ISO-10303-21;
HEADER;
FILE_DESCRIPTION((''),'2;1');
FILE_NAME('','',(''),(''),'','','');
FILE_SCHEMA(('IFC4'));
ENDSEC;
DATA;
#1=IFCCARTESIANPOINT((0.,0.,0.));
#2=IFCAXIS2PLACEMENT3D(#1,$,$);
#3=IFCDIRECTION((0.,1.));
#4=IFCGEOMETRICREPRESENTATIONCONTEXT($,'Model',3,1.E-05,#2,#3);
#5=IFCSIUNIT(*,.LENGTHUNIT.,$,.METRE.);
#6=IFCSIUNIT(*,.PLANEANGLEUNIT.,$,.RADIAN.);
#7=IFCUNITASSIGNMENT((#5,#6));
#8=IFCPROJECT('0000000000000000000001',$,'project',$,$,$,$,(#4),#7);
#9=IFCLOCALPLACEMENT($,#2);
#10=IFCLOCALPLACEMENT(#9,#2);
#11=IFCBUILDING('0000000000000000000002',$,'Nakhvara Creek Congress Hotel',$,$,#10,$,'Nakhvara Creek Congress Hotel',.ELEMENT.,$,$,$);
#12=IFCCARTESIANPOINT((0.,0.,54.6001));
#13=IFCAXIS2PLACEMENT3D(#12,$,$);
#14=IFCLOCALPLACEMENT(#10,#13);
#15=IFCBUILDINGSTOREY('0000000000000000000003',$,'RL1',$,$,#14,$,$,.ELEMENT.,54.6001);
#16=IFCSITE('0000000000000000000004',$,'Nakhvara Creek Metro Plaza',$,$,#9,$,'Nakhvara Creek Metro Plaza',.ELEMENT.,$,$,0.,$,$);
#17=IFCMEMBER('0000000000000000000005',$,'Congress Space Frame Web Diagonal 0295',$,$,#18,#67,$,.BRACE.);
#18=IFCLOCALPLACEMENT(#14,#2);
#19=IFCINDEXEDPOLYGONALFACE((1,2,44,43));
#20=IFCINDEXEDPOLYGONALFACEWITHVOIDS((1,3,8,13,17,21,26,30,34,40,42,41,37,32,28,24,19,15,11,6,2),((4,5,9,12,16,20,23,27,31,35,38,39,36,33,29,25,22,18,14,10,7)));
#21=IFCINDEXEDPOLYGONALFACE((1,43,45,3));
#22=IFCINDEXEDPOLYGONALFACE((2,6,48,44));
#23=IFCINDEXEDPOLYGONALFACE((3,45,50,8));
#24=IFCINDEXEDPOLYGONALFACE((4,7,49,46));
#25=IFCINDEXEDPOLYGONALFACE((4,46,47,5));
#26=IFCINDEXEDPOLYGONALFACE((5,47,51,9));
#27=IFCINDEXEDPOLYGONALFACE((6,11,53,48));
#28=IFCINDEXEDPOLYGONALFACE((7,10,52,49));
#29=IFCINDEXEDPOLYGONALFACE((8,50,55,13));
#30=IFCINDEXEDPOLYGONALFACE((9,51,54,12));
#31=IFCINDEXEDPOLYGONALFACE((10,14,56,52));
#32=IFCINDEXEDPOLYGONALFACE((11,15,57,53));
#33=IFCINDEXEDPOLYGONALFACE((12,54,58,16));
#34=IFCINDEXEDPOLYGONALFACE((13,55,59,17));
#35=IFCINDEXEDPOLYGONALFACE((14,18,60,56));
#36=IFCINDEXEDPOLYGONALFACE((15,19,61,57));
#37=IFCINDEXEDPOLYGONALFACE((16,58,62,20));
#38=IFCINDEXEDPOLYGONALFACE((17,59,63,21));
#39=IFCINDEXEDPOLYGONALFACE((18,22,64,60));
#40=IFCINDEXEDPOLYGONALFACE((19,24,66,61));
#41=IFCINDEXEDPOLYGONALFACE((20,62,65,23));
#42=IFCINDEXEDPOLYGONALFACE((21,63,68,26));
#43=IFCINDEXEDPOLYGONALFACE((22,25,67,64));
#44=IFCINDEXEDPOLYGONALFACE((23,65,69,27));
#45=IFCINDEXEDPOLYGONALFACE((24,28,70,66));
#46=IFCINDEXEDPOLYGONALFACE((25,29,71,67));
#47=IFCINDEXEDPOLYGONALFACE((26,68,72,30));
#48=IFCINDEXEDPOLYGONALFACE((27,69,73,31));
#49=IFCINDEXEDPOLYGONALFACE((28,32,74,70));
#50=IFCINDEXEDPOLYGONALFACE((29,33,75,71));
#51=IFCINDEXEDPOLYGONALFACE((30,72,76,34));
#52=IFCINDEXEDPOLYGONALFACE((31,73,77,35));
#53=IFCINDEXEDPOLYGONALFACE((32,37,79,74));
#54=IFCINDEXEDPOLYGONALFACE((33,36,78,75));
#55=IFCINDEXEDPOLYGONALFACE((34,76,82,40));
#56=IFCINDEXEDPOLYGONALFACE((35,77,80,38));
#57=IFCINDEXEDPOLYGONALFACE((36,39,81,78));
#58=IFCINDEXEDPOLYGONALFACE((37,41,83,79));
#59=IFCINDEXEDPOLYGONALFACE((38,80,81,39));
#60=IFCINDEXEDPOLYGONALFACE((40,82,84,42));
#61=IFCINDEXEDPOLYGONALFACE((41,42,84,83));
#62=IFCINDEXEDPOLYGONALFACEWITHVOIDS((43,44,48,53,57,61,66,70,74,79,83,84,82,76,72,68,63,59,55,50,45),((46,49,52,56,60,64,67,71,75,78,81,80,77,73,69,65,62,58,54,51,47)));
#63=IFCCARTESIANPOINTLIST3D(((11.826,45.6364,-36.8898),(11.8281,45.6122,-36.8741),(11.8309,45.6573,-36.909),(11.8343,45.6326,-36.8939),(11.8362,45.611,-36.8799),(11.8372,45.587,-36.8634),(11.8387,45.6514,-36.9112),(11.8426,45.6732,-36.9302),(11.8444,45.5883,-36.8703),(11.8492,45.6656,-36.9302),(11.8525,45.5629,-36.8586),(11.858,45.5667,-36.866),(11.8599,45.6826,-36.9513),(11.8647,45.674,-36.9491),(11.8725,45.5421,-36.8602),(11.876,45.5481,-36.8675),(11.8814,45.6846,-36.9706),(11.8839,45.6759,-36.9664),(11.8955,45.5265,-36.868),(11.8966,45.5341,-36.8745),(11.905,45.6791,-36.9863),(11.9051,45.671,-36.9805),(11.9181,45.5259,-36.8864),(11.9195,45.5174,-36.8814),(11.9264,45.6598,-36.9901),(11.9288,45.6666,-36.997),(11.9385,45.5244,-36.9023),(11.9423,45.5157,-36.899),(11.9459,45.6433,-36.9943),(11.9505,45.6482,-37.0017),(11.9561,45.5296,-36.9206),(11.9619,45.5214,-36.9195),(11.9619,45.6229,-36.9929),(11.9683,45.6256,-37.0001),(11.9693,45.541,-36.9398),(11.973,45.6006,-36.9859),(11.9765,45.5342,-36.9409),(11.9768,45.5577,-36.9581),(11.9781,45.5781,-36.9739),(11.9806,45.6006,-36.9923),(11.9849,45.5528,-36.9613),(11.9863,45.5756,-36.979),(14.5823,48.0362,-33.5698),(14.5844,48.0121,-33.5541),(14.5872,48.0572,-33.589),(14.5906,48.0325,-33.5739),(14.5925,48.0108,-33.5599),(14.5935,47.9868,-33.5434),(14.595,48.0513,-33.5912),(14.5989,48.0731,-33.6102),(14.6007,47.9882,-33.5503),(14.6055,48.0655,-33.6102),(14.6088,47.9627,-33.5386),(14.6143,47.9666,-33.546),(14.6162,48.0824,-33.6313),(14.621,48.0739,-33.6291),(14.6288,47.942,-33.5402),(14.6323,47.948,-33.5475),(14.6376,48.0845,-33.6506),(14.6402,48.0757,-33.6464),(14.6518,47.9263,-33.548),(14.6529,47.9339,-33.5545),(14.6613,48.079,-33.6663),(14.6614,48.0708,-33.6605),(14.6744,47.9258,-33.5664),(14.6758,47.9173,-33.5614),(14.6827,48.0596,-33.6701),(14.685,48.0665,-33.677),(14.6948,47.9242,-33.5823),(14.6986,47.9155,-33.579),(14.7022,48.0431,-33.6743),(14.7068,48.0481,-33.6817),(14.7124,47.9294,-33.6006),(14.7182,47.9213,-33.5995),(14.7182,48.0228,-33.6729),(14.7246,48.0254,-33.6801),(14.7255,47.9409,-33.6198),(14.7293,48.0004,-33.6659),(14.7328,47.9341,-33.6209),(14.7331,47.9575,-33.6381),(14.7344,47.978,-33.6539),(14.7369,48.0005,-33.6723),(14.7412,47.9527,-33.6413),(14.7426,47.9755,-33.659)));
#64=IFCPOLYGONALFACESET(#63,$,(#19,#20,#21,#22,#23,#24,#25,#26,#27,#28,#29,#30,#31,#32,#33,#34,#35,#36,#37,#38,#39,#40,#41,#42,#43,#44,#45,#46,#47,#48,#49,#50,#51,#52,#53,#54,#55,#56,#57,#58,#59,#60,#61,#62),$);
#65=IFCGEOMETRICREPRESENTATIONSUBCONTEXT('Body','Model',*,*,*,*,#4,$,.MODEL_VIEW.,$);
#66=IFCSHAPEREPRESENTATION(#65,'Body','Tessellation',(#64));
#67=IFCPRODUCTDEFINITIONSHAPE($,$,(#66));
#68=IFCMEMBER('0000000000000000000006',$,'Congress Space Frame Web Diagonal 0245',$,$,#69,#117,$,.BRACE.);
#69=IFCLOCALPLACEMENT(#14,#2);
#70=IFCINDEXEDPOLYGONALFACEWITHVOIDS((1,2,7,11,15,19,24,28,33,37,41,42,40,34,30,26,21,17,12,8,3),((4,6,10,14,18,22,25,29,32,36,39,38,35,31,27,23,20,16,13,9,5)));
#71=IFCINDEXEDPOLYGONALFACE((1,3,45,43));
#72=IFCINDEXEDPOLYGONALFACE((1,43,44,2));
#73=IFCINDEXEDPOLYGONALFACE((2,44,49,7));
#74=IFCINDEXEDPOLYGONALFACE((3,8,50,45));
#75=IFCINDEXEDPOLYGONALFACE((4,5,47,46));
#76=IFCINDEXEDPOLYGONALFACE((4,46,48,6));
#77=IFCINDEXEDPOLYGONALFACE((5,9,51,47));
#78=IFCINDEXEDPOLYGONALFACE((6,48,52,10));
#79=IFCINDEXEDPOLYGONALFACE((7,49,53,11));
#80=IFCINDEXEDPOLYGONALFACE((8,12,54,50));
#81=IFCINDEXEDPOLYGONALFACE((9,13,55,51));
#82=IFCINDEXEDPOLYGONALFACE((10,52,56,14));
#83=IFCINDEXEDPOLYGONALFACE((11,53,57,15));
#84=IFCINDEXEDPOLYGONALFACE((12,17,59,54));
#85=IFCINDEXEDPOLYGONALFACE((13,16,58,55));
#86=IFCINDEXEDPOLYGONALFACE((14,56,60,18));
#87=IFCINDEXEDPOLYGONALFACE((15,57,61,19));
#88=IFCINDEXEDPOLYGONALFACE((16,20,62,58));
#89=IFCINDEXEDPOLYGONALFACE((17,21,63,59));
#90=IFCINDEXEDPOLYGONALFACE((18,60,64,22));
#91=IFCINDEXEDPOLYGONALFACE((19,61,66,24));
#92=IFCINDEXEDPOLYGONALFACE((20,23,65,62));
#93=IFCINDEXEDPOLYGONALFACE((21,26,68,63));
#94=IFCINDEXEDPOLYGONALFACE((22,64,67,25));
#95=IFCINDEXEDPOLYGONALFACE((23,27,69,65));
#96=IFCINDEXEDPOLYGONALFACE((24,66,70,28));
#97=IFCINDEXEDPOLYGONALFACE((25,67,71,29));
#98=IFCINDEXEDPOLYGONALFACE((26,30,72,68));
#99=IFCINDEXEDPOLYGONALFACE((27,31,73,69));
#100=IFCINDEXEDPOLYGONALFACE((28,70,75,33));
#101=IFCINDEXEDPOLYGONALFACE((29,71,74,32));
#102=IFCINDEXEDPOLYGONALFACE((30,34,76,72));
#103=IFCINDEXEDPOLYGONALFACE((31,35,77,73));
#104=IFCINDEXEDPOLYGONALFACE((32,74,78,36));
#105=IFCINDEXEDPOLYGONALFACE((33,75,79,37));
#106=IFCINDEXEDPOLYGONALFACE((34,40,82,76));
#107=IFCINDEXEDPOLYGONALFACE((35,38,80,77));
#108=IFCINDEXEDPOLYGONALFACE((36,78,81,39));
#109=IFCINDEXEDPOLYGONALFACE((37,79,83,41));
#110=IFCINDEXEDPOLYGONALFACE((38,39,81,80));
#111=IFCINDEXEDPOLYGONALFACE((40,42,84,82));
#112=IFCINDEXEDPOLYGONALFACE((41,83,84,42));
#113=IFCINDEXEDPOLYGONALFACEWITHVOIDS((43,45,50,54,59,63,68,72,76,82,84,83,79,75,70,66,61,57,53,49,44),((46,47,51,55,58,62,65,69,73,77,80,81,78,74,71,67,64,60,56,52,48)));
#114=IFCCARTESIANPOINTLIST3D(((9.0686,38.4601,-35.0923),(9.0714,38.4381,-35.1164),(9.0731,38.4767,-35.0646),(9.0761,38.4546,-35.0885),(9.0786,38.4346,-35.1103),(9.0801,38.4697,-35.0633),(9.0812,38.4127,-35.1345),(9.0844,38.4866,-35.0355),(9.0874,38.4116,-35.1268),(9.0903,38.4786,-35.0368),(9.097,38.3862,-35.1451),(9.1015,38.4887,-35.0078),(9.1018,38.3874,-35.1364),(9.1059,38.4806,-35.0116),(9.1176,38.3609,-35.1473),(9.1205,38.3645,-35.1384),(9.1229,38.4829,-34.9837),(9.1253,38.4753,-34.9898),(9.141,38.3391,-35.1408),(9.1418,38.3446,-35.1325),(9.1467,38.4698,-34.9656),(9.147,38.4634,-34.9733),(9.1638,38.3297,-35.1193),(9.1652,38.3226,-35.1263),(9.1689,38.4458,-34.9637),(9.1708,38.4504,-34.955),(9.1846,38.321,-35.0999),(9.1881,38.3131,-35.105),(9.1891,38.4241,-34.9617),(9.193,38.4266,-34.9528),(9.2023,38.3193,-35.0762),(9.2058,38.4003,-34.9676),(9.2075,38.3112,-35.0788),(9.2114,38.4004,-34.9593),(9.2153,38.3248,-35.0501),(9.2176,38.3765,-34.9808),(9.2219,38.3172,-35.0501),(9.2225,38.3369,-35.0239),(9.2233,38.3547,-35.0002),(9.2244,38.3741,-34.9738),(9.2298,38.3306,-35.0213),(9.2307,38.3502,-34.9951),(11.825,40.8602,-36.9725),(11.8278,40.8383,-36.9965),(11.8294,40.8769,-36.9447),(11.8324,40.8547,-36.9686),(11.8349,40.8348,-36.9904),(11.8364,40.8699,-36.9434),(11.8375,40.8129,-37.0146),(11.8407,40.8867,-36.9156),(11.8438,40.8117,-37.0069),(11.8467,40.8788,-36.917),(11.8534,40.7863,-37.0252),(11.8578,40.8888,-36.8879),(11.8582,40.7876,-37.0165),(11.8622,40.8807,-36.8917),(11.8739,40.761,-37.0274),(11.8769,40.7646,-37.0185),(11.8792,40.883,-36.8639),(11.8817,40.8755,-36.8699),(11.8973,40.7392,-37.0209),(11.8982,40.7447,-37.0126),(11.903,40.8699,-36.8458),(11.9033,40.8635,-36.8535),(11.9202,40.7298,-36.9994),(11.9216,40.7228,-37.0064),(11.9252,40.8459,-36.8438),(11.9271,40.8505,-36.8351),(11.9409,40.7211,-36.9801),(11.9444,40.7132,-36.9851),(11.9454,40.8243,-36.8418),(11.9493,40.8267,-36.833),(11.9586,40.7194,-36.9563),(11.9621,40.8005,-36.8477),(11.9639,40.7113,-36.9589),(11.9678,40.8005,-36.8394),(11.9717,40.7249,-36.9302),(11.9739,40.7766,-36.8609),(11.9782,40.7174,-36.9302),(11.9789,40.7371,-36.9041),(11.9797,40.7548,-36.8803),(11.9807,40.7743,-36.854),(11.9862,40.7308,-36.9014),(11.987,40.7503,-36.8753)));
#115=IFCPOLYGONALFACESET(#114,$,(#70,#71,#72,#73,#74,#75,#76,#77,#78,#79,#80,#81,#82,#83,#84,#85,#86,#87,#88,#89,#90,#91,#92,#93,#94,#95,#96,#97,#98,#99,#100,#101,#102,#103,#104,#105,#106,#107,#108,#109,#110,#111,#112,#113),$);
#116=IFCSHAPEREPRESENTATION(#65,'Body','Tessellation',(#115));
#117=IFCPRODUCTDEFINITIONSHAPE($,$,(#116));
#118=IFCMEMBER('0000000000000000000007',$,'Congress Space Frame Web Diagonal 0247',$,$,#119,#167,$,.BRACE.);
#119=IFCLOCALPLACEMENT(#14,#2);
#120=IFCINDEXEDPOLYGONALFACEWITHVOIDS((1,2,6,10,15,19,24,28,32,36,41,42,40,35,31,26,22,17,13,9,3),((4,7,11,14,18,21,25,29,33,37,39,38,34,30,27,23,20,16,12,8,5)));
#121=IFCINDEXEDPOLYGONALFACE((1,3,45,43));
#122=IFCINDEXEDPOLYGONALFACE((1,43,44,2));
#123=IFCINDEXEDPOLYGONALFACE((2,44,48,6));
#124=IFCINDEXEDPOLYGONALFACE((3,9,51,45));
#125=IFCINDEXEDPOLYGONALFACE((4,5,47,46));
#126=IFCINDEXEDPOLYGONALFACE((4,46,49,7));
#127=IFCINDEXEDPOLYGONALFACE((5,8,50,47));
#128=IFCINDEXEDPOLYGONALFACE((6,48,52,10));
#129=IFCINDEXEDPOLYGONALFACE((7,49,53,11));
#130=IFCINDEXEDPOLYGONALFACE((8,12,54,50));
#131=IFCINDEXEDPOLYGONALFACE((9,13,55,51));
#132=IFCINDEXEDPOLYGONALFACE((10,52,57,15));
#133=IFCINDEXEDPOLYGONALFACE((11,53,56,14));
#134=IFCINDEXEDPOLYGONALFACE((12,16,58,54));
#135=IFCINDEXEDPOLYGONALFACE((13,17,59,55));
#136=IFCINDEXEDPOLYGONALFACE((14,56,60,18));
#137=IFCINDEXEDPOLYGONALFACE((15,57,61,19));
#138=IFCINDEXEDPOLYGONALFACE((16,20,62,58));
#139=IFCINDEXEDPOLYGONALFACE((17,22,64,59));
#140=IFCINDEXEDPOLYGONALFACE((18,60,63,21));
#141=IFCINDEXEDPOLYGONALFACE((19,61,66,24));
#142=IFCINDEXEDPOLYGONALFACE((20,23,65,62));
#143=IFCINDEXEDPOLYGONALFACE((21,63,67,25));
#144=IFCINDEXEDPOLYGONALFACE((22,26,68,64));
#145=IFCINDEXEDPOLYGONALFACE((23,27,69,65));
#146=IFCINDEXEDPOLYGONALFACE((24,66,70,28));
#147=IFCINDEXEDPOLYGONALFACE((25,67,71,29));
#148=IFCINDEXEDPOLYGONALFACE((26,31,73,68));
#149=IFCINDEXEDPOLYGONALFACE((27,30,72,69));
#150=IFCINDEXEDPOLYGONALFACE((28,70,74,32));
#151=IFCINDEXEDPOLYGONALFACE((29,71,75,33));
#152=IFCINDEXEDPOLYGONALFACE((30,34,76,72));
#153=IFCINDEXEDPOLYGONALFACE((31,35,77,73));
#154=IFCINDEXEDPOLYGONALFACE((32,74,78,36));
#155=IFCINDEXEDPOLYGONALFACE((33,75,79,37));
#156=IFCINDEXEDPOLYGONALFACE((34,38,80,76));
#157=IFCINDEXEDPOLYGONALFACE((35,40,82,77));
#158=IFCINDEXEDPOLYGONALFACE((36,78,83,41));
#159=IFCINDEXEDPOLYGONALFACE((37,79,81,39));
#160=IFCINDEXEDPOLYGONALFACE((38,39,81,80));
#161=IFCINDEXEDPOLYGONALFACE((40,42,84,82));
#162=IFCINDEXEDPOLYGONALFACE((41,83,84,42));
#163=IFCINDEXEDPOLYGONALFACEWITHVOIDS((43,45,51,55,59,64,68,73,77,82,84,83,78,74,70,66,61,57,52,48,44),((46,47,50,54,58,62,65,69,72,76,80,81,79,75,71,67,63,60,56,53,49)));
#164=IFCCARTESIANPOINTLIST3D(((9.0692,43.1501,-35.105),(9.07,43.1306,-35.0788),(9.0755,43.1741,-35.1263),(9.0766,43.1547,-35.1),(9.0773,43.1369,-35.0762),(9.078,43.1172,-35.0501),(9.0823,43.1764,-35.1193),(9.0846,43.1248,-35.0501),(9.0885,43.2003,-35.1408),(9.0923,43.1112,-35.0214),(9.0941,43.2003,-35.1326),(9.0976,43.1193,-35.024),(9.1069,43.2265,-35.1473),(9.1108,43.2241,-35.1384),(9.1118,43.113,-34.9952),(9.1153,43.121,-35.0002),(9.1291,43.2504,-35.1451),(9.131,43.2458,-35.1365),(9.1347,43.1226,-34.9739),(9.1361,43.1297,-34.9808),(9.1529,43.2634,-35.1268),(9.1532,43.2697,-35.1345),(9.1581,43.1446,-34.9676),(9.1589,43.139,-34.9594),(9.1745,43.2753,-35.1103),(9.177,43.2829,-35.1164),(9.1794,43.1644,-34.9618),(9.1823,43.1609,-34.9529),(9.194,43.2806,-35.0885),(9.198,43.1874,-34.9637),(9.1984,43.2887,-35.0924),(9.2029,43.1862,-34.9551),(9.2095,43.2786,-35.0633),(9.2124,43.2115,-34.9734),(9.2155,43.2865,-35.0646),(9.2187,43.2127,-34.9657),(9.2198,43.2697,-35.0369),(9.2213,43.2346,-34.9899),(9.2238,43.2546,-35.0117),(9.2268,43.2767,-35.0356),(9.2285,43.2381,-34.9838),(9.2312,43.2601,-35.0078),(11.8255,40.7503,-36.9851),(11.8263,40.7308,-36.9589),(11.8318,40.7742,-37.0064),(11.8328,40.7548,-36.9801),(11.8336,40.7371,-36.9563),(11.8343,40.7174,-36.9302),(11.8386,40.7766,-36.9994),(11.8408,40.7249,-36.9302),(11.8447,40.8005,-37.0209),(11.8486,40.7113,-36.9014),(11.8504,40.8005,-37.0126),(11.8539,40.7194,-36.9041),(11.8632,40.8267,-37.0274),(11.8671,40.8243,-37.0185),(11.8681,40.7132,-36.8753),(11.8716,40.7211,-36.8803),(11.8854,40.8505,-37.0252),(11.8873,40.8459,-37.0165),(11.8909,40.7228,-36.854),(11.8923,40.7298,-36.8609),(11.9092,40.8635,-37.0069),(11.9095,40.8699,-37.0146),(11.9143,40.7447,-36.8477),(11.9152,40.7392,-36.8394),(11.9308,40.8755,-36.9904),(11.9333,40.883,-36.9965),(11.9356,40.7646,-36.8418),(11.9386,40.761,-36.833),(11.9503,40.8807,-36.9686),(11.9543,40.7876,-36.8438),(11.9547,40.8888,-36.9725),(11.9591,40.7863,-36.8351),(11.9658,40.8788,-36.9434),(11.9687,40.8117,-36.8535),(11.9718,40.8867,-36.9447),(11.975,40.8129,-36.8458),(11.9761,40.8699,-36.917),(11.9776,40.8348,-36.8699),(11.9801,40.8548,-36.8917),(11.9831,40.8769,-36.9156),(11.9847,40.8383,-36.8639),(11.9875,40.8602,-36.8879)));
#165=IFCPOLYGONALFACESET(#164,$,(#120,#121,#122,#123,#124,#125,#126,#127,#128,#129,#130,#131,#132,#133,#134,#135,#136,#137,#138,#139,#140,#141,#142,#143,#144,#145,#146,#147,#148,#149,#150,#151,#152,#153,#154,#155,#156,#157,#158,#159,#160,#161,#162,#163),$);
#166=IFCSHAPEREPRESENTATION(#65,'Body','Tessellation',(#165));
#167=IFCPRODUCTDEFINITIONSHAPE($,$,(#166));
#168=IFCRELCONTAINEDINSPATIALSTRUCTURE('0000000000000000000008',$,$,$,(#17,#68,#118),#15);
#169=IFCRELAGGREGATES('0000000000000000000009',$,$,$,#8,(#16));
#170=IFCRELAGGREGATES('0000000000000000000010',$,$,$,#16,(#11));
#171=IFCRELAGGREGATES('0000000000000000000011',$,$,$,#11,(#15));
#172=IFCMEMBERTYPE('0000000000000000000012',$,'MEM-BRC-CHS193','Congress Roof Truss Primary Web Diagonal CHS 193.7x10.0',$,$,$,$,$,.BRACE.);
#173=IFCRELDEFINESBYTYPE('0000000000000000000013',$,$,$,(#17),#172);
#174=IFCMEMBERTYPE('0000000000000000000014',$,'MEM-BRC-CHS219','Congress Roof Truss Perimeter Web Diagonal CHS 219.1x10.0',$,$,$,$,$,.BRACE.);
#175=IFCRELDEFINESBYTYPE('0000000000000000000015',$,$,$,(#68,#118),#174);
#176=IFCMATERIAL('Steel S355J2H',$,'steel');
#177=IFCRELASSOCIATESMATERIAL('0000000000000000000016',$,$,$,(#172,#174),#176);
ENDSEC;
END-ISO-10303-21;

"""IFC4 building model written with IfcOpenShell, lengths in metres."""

from ifc_helpers import new_model, si_unit, direction, frame, origin, origin_2d, place, context, subcontext, project, spatial, hollow_circle, extrude, material, material_profile, profile_set, type_object, element, save


model = new_model("IFC4")

# Units and contexts
model_context = context("Model", 3, precision=1e-05, world=origin(), true_north=direction((0.0, 1.0)))
body_context = subcontext(model_context, "Body", "Model", "MODEL_VIEW")
ifc_project = project(units=[si_unit("LENGTHUNIT", "METRE"), si_unit("PLANEANGLEUNIT", "RADIAN")], contexts=[model_context])

# Site, building, storey
site_placement = place(None, origin())
site = spatial("IfcSite", under=ifc_project, at=site_placement, Name="Nakhvara Creek Metro Plaza", LongName="Nakhvara Creek Metro Plaza", CompositionType="ELEMENT", RefElevation=0.0)
building_placement = place(site_placement, origin())
building = spatial("IfcBuilding", under=site, at=building_placement, Name="Nakhvara Creek Congress Hotel", LongName="Nakhvara Creek Congress Hotel", CompositionType="ELEMENT")
storey_placement = place(building_placement, frame((0.0, 0.0, 54.6001)))
storey = spatial("IfcBuildingStorey", under=building, at=storey_placement, Name="RL1", CompositionType="ELEMENT", Elevation=54.6001)

# Members
ifc_material_1 = material(Name="Steel S355J2H", Category="steel")
ifc_material_profile_1 = material_profile(ifc_material_1, hollow_circle(Radius=0.0969, WallThickness=0.01, at=origin_2d()), Name="CHS 193.7x10.0", Category="LoadBearing")
ifc_profile_set_1 = profile_set([ifc_material_profile_1], Name="Steel S355J2H")
member_type_1 = type_object("IfcMemberType", Name="MEM-BRC-CHS193", Description="Congress Roof Truss Primary Web Diagonal CHS 193.7x10.0", PredefinedType="BRACE", material=ifc_profile_set_1)
member_1_placement = place(storey_placement, frame((11.9062, 45.6001, -36.9302), z_axis=(0.558237, 0.486047, 0.672406), x_axis=(-0.656658, 0.754188, 0.0)))
element("IfcMember", 1, at=member_1_placement, inside=storey, type_object=member_type_1, Name="Congress Space Frame Web Diagonal 0295", PredefinedType="BRACE", context=body_context, shape_type="SweptSolid", body=[
    extrude(hollow_circle(Radius=0.0969, WallThickness=0.01, at=origin_2d()), origin(), (0.0, 0.0, 1.0), 4.9375),
])
ifc_material_profile_2 = material_profile(ifc_material_1, hollow_circle(Radius=0.1096, WallThickness=0.01, at=origin_2d()), Name="CHS 219.1x10.0", Category="LoadBearing")
ifc_profile_set_2 = profile_set([ifc_material_profile_2], Name="Steel S355J2H")
member_type_2 = type_object("IfcMemberType", Name="MEM-BRC-CHS219", Description="Congress Roof Truss Perimeter Web Diagonal CHS 219.1x10.0", PredefinedType="BRACE", material=ifc_profile_set_2)
member_2_placement = place(storey_placement, frame((11.9062, 40.8, -36.9302), z_axis=(-0.670626, -0.583961, 0.457439), x_axis=(0.656696, -0.754155, 0.0)))
element("IfcMember", 2, at=member_2_placement, inside=storey, type_object=member_type_2, Name="Congress Space Frame Web Diagonal 0245", PredefinedType="BRACE", context=body_context, shape_type="SweptSolid", body=[
    extrude(hollow_circle(Radius=0.1096, WallThickness=0.01, at=origin_2d()), origin(), (0.0, 0.0, 1.0), 4.1101),
])
member_3_placement = place(storey_placement, frame((11.9062, 40.8, -36.9302), z_axis=(-0.670649, 0.583922, 0.457455), x_axis=(-0.656658, -0.754188, 0.0)))
element("IfcMember", 3, at=member_3_placement, inside=storey, type_object=member_type_2, Name="Congress Space Frame Web Diagonal 0247", PredefinedType="BRACE", context=body_context, shape_type="SweptSolid", body=[
    extrude(hollow_circle(Radius=0.1096, WallThickness=0.01, at=origin_2d()), origin(), (0.0, 0.0, 1.0), 4.1099),
])

save(model, "model.ifc")
